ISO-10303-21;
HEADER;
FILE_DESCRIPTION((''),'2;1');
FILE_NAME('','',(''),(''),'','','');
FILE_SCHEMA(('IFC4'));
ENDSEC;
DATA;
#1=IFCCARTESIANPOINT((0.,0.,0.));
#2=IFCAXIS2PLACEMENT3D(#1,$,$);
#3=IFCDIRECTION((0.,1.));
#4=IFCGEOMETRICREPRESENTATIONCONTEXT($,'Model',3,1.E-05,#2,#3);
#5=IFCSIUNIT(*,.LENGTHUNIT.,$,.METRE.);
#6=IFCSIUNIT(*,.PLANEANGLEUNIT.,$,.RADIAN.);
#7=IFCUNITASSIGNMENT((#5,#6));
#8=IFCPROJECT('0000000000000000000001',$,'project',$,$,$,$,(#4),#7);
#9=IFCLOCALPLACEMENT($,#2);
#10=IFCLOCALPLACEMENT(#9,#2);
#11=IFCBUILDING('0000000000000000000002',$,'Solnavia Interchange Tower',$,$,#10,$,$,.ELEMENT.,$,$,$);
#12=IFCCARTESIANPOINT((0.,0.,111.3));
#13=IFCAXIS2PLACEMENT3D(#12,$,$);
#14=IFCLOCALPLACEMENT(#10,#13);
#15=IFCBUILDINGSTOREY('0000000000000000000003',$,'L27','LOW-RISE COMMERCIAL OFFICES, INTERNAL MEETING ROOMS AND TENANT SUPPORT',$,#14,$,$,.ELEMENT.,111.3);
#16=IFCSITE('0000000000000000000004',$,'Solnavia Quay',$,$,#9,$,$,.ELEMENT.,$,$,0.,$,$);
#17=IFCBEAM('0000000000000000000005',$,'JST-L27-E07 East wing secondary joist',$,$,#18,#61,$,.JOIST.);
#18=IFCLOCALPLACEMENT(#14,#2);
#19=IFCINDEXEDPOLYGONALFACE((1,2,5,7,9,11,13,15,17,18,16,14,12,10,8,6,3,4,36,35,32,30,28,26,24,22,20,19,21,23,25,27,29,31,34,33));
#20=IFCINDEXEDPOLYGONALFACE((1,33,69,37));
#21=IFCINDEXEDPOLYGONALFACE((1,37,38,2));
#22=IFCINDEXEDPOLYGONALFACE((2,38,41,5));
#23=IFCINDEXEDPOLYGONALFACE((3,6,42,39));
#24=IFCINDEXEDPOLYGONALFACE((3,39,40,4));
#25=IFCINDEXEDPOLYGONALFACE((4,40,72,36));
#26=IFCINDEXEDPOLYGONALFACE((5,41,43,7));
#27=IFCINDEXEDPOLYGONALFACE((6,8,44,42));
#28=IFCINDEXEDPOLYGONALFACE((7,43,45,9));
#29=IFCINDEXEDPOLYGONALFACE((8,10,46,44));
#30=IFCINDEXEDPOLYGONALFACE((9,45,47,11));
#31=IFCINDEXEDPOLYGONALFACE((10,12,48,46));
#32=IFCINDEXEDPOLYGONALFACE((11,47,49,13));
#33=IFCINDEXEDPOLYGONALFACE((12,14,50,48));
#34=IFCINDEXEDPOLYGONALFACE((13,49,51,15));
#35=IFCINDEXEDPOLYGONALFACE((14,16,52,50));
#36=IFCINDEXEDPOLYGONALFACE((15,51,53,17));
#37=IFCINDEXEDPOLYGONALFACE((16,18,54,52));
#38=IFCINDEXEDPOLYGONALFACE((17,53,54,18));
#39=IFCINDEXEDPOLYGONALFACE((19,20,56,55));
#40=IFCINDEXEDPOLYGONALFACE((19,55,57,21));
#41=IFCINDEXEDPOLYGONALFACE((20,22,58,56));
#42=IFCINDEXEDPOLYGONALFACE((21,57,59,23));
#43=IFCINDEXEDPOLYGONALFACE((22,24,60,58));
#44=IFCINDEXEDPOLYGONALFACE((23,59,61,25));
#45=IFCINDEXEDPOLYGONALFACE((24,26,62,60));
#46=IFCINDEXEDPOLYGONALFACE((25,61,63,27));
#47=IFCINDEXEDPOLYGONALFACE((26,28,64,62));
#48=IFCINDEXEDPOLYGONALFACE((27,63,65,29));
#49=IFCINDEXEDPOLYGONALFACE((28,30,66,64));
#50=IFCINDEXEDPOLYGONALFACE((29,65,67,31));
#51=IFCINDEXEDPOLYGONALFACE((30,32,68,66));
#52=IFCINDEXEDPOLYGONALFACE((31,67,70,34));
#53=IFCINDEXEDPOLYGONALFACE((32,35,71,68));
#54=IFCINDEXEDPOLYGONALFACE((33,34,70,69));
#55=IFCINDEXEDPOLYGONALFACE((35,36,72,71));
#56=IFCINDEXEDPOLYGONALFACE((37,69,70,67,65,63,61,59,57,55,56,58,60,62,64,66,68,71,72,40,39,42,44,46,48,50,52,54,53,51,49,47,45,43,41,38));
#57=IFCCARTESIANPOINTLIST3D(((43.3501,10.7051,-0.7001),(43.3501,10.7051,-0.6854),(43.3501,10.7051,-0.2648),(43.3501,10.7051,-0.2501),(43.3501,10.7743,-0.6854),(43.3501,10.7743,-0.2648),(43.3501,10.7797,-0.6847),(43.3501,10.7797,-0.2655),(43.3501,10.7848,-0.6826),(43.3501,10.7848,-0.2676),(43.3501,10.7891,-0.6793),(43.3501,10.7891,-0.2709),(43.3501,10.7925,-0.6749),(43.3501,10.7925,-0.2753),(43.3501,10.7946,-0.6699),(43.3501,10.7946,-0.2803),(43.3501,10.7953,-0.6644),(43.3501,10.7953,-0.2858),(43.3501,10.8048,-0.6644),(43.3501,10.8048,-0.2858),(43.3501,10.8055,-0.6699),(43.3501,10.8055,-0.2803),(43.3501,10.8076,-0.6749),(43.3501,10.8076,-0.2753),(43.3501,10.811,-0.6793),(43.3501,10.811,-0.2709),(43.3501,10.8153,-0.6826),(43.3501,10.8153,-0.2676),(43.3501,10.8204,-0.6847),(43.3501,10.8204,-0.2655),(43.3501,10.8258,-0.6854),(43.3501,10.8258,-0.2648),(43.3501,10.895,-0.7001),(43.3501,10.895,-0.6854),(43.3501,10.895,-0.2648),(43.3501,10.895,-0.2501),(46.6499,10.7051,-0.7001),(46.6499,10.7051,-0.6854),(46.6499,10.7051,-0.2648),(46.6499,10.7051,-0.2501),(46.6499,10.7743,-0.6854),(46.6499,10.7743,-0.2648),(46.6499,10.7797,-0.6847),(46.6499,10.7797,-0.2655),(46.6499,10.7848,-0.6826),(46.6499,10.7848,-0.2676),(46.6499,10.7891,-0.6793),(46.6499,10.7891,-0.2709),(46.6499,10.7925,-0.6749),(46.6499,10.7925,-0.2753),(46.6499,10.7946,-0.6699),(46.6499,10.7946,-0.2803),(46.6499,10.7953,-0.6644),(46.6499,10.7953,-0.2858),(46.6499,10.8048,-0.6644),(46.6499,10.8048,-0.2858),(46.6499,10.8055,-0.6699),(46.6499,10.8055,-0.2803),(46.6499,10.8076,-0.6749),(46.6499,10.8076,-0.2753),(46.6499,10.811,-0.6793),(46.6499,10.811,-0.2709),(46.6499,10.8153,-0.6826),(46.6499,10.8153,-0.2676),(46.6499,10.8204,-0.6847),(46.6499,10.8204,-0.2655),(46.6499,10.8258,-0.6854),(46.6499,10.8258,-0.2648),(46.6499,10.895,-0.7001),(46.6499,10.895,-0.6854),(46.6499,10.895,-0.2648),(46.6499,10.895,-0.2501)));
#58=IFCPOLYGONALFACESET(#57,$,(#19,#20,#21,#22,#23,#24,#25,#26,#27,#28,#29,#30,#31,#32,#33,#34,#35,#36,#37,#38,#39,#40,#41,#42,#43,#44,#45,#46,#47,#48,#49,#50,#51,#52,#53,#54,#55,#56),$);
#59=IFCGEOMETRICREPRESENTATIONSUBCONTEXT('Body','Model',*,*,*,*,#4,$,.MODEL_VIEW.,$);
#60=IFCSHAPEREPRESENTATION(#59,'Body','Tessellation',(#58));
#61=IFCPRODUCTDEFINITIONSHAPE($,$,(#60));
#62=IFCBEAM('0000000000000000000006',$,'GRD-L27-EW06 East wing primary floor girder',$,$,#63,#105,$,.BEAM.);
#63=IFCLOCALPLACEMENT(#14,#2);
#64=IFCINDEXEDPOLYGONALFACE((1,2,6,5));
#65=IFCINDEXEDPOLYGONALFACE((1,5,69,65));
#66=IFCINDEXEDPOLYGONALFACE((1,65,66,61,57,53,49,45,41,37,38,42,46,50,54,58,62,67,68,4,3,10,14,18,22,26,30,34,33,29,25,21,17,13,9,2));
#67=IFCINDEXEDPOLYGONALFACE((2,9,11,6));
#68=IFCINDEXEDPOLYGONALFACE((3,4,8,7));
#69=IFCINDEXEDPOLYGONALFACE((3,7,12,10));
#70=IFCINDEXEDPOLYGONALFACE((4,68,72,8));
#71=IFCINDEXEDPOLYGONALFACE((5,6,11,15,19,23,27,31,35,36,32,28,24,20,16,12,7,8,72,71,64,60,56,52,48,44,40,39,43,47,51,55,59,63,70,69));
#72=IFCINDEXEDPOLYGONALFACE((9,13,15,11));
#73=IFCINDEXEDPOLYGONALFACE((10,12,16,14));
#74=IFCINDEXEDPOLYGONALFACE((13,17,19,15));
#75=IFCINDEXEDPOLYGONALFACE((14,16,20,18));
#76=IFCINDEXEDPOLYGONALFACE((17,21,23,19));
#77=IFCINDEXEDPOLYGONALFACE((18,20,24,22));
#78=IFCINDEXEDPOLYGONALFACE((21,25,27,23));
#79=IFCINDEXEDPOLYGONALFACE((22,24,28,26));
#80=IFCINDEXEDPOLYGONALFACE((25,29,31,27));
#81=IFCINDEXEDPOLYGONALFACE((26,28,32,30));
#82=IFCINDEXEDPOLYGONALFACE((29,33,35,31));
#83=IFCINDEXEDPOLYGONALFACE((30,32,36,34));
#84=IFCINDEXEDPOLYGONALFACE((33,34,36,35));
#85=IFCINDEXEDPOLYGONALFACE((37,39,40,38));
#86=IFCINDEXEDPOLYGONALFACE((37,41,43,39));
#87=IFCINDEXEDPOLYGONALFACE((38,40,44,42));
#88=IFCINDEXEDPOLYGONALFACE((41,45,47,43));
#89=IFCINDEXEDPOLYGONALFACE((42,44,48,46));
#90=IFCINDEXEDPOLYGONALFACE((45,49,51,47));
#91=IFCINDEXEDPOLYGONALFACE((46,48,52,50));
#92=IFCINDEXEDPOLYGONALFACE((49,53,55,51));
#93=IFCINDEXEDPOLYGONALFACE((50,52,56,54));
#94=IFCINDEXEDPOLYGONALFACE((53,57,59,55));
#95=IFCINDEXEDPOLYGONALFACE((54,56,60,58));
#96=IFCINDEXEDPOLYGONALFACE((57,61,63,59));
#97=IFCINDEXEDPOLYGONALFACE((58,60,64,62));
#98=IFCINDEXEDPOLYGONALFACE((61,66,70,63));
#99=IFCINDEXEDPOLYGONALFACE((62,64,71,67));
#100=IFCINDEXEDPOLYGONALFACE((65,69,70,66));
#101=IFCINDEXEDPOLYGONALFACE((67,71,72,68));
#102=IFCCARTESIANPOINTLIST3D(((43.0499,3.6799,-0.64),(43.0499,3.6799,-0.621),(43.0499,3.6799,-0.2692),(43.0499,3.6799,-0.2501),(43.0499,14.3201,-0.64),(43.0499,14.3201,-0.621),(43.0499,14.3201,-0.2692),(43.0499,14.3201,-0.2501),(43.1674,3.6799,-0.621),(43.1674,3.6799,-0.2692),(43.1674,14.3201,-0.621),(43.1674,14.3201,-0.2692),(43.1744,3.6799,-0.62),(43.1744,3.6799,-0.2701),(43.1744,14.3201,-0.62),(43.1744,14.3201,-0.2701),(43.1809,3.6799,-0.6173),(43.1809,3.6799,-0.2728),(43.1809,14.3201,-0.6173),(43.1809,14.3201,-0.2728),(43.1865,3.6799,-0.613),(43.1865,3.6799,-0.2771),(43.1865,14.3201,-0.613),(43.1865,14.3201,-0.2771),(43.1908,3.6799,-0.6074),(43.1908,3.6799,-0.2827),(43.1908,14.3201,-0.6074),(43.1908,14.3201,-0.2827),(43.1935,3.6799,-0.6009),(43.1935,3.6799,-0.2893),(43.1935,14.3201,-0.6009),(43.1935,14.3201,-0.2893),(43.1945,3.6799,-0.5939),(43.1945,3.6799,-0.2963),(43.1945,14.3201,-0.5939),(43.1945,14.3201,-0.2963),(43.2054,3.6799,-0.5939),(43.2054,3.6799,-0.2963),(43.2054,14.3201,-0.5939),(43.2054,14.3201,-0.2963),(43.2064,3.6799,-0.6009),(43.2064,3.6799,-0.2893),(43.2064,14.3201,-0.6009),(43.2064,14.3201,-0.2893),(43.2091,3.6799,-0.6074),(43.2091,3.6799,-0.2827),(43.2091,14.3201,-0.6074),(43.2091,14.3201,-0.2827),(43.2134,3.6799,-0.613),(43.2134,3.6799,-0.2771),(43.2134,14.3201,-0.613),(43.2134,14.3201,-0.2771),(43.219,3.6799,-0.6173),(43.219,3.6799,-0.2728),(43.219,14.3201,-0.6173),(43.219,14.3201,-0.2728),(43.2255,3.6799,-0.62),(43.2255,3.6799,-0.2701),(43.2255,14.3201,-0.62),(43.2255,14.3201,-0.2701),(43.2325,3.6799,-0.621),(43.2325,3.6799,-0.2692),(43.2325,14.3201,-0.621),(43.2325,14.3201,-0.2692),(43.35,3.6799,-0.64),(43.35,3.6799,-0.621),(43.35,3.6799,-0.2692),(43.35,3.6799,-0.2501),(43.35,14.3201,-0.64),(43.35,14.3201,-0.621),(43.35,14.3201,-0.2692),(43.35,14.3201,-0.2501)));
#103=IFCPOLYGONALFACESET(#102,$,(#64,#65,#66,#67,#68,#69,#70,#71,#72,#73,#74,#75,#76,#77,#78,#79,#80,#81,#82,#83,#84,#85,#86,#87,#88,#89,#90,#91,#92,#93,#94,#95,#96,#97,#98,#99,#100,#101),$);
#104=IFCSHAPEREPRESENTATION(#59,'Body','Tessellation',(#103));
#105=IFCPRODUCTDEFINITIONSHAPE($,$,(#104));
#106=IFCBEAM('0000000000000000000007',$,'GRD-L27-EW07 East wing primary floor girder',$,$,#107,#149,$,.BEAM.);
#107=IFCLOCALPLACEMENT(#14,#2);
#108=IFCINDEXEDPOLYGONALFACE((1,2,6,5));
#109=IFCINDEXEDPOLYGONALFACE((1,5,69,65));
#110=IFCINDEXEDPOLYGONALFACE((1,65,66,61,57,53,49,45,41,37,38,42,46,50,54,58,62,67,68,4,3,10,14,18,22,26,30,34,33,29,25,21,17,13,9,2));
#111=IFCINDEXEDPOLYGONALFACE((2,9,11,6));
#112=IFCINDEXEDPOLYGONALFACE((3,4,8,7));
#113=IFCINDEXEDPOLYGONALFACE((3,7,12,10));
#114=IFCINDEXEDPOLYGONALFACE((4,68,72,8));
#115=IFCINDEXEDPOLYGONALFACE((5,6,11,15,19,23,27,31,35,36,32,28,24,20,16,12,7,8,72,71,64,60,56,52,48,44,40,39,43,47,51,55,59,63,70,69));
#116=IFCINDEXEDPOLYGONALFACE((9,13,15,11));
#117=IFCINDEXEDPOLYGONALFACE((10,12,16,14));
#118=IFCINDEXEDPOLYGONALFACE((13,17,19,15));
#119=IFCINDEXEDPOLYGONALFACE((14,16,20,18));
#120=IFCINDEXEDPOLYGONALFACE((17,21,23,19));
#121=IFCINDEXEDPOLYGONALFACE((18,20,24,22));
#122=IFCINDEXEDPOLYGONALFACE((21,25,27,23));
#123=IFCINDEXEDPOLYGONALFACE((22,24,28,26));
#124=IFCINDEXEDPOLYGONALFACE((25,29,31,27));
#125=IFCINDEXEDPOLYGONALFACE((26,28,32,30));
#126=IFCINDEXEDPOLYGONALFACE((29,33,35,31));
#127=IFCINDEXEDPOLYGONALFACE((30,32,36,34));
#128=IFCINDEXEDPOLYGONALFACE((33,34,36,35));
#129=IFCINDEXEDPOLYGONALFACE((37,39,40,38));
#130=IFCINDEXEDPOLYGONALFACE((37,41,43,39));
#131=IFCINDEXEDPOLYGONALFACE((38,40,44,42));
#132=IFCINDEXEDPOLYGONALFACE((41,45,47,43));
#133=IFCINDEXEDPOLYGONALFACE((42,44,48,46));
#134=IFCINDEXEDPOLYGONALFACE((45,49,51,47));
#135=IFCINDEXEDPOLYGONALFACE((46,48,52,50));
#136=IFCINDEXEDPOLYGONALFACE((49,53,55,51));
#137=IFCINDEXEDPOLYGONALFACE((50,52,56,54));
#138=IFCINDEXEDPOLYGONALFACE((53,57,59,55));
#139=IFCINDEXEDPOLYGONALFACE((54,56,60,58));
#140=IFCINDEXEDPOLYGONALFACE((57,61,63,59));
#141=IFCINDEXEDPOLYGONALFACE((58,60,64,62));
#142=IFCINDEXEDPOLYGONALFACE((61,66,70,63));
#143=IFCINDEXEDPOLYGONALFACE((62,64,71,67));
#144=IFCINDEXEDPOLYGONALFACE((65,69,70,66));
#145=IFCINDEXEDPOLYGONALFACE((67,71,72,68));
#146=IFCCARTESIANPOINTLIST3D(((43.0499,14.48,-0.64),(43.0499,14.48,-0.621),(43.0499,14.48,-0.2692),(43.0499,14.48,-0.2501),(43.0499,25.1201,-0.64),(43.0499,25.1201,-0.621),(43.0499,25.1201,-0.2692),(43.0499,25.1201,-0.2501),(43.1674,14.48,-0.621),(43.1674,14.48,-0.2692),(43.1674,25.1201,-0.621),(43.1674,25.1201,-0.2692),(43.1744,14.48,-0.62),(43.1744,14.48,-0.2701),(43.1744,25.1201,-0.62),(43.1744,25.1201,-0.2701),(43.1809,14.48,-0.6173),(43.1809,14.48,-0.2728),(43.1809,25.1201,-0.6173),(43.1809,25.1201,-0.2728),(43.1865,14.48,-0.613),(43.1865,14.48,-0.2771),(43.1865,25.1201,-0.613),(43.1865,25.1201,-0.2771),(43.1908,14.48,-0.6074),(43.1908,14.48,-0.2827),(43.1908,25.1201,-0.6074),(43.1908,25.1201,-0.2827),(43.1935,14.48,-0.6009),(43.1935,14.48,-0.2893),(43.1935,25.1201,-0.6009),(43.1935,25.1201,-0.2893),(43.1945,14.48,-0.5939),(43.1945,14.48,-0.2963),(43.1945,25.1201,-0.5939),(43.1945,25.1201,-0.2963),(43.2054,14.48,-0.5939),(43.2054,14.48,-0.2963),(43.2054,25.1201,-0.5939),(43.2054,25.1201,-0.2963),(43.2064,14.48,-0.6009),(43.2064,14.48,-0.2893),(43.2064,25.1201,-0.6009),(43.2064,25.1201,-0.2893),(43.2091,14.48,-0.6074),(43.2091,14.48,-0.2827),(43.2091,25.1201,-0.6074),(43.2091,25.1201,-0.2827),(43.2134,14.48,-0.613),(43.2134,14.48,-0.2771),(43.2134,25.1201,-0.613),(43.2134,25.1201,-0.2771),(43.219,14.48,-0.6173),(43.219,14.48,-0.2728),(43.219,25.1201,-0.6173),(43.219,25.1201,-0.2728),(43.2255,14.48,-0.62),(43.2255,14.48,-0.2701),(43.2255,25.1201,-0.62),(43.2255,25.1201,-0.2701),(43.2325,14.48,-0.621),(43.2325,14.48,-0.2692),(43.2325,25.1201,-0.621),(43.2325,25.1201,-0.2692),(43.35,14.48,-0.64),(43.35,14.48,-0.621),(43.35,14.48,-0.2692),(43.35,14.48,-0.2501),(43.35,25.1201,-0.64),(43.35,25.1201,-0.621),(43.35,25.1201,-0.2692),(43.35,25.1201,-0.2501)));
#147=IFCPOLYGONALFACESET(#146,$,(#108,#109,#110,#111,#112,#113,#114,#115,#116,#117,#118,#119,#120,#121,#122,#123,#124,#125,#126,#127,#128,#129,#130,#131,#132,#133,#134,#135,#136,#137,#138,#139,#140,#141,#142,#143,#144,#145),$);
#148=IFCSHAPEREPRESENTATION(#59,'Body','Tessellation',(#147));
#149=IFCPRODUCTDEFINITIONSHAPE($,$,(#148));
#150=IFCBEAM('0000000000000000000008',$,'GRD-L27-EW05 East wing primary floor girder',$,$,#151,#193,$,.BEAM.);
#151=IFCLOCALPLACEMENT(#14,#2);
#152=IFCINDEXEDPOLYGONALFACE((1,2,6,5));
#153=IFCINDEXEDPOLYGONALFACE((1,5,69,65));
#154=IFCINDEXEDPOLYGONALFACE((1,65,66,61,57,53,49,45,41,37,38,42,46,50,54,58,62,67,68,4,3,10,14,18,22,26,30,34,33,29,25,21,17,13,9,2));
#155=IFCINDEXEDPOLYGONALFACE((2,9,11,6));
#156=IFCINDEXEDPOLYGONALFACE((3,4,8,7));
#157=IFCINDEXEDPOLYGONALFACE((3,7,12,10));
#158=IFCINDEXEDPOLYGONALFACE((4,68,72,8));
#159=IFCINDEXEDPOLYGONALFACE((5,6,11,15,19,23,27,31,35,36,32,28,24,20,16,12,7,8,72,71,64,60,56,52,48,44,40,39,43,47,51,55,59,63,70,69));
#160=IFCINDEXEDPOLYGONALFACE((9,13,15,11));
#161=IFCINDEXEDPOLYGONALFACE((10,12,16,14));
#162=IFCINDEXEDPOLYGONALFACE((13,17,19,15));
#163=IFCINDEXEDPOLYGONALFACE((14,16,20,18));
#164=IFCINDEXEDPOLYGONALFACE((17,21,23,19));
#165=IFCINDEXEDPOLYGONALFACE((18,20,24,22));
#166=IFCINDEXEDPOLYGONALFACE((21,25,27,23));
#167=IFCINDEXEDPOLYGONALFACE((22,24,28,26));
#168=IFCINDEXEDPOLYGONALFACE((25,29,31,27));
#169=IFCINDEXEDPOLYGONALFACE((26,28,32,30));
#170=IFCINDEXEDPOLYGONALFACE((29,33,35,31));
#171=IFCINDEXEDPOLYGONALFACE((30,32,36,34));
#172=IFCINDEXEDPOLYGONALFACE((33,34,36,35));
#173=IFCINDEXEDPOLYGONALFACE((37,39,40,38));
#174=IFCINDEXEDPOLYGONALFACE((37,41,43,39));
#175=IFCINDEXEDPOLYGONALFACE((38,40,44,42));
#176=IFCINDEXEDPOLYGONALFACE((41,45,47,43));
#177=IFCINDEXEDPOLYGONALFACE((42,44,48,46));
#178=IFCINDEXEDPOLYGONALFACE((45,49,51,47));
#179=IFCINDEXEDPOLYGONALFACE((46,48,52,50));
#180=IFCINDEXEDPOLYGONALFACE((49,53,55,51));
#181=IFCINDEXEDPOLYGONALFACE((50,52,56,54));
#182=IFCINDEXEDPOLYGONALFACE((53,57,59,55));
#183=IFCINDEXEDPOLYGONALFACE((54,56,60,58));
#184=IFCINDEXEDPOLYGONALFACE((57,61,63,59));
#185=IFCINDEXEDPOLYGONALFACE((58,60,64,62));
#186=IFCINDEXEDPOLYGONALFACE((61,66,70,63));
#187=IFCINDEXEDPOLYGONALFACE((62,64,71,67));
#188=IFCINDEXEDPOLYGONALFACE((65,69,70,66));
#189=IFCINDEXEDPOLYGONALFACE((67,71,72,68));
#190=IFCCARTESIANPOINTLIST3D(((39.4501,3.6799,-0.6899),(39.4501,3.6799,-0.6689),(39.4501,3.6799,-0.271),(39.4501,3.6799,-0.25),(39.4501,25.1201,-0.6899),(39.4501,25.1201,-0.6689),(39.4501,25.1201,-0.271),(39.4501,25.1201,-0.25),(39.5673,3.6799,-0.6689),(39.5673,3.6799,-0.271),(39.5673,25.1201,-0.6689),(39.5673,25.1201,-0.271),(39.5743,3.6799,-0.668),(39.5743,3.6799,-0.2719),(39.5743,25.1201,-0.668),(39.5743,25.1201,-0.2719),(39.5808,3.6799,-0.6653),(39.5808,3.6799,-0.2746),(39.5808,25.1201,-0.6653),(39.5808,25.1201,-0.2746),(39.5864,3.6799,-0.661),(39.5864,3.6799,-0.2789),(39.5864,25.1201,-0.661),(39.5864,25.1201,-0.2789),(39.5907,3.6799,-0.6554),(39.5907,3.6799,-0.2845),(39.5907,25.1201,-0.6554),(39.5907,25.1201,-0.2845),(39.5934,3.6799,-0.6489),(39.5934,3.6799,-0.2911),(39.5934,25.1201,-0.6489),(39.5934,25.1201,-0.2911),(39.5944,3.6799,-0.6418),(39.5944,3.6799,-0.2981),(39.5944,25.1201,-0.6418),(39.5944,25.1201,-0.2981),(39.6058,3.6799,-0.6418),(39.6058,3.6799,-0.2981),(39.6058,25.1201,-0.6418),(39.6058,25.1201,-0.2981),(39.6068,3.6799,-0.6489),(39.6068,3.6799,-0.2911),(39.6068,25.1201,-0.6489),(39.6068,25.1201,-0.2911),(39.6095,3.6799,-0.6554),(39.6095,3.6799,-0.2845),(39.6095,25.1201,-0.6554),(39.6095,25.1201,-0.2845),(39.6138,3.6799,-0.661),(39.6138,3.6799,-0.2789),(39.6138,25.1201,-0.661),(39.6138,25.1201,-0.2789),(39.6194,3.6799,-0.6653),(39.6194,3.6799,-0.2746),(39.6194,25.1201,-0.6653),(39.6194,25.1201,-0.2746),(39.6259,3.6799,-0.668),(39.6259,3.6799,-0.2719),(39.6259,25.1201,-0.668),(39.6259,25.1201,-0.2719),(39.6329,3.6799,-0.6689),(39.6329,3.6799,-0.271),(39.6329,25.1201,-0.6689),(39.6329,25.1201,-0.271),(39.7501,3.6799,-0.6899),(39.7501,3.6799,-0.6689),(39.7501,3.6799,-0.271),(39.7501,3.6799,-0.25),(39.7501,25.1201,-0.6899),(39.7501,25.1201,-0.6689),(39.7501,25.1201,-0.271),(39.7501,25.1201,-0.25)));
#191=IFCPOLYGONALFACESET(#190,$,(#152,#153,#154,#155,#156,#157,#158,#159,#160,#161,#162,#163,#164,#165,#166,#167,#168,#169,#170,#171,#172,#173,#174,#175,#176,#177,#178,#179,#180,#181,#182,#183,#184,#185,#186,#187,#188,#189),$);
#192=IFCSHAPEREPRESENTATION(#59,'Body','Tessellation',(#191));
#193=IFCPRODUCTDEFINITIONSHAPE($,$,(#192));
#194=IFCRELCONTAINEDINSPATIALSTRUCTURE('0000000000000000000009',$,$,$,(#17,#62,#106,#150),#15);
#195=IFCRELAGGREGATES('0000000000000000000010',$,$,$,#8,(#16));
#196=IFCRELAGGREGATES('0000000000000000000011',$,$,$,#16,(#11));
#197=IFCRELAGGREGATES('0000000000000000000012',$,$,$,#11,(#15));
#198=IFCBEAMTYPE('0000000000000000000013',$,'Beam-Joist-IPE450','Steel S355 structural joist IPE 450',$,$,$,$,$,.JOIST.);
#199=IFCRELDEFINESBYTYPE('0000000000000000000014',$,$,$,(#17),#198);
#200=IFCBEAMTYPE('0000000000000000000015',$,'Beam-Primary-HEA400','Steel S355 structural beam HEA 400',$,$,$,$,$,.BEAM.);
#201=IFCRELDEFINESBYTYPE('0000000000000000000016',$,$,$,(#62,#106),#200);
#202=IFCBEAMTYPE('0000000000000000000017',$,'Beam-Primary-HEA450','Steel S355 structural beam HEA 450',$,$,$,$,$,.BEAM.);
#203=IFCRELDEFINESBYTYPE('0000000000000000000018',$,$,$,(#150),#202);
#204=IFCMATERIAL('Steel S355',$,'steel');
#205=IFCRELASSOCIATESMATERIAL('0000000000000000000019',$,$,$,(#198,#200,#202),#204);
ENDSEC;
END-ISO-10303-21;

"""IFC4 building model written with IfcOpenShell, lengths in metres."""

from ifc_helpers import new_model, si_unit, direction, frame, origin, origin_2d, place, context, subcontext, project, spatial, i_section, extrude, material, material_profile, profile_set, type_object, element, save


model = new_model("IFC4")

# Units and contexts
model_context = context("Model", 3, precision=1e-05, world=origin(), true_north=direction((0.0, 1.0)))
body_context = subcontext(model_context, "Body", "Model", "MODEL_VIEW")
ifc_project = project(units=[si_unit("LENGTHUNIT", "METRE"), si_unit("PLANEANGLEUNIT", "RADIAN")], contexts=[model_context])

# Site, building, storey
site_placement = place(None, origin())
site = spatial("IfcSite", under=ifc_project, at=site_placement, Name="Solnavia Quay", CompositionType="ELEMENT", RefElevation=0.0)
building_placement = place(site_placement, origin())
building = spatial("IfcBuilding", under=site, at=building_placement, Name="Solnavia Interchange Tower", CompositionType="ELEMENT")
storey_placement = place(building_placement, frame((0.0, 0.0, 111.3)))
storey = spatial("IfcBuildingStorey", under=building, at=storey_placement, Name="L27", Description="LOW-RISE COMMERCIAL OFFICES, INTERNAL MEETING ROOMS AND TENANT SUPPORT", CompositionType="ELEMENT", Elevation=111.3)

# Shared definitions
ifc_material_1 = material(Name="Steel S355", Category="steel")

# Beams
ifc_material_profile_1 = material_profile(ifc_material_1, i_section(OverallWidth=0.1899, OverallDepth=0.45, WebThickness=0.0095, FlangeThickness=0.0146, FilletRadius=0.021, at=origin_2d()), Name="IPE 450")
ifc_profile_set_1 = profile_set([ifc_material_profile_1], Name="Steel S355")
beam_type_1 = type_object("IfcBeamType", Name="Beam-Joist-IPE450", Description="Steel S355 structural joist IPE 450", PredefinedType="JOIST", material=ifc_profile_set_1)
beam_1_placement = place(storey_placement, frame((43.3501, 10.8, -0.4751), z_axis=(1.0, 0.0, 0.0), x_axis=(0.0, 1.0, 0.0)))
element("IfcBeam", 1, at=beam_1_placement, inside=storey, type_object=beam_type_1, Name="JST-L27-E07 East wing secondary joist", PredefinedType="JOIST", context=body_context, shape_type="SweptSolid", body=[
    extrude(i_section(OverallWidth=0.1899, OverallDepth=0.45, WebThickness=0.0095, FlangeThickness=0.0146, FilletRadius=0.021, at=origin_2d()), origin(), (0.0, 0.0, 1.0), 3.2998),
])
ifc_material_profile_2 = material_profile(ifc_material_1, i_section(OverallWidth=0.3, OverallDepth=0.3899, WebThickness=0.011, FlangeThickness=0.019, FilletRadius=0.0271, at=origin_2d()), Name="HEA 400")
ifc_profile_set_2 = profile_set([ifc_material_profile_2], Name="Steel S355")
beam_type_2 = type_object("IfcBeamType", Name="Beam-Primary-HEA400", Description="Steel S355 structural beam HEA 400", PredefinedType="BEAM", material=ifc_profile_set_2)
for number, where, z_axis, x_axis, name in (
    (2, (43.2, 3.6799, -0.4451), (0.0, 1.0, 0.0), (-1.0, 0.0, 0.0), "GRD-L27-EW06 East wing primary floor girder"),
    (3, (43.2, 14.48, -0.4451), (0.0, 1.0, 0.0), (-1.0, 0.0, 0.0), "GRD-L27-EW07 East wing primary floor girder"),
):
    element("IfcBeam", number, at=place(storey_placement, frame(where, z_axis=z_axis, x_axis=x_axis)), inside=storey, type_object=beam_type_2, Name=name, PredefinedType="BEAM", context=body_context, shape_type="SweptSolid", body=[
        extrude(i_section(OverallWidth=0.3, OverallDepth=0.3899, WebThickness=0.011, FlangeThickness=0.019, FilletRadius=0.0271, at=origin_2d()), origin(), (0.0, 0.0, 1.0), 10.6401),
    ])
ifc_material_profile_3 = material_profile(ifc_material_1, i_section(OverallWidth=0.3, OverallDepth=0.4399, WebThickness=0.0115, FlangeThickness=0.021, FilletRadius=0.0271, at=origin_2d()), Name="HEA 450")
ifc_profile_set_3 = profile_set([ifc_material_profile_3], Name="Steel S355")
beam_type_3 = type_object("IfcBeamType", Name="Beam-Primary-HEA450", Description="Steel S355 structural beam HEA 450", PredefinedType="BEAM", material=ifc_profile_set_3)
for number, where, z_axis, x_axis, name in (
    (4, (39.6001, 3.6799, -0.47), (0.0, 1.0, 0.0), (-1.0, 0.0, 0.0), "GRD-L27-EW05 East wing primary floor girder"),
):
    element("IfcBeam", number, at=place(storey_placement, frame(where, z_axis=z_axis, x_axis=x_axis)), inside=storey, type_object=beam_type_3, Name=name, PredefinedType="BEAM", context=body_context, shape_type="SweptSolid", body=[
        extrude(i_section(OverallWidth=0.3, OverallDepth=0.4399, WebThickness=0.0115, FlangeThickness=0.021, FilletRadius=0.0271, at=origin_2d()), origin(), (0.0, 0.0, 1.0), 21.4402),
    ])

save(model, "model.ifc")
